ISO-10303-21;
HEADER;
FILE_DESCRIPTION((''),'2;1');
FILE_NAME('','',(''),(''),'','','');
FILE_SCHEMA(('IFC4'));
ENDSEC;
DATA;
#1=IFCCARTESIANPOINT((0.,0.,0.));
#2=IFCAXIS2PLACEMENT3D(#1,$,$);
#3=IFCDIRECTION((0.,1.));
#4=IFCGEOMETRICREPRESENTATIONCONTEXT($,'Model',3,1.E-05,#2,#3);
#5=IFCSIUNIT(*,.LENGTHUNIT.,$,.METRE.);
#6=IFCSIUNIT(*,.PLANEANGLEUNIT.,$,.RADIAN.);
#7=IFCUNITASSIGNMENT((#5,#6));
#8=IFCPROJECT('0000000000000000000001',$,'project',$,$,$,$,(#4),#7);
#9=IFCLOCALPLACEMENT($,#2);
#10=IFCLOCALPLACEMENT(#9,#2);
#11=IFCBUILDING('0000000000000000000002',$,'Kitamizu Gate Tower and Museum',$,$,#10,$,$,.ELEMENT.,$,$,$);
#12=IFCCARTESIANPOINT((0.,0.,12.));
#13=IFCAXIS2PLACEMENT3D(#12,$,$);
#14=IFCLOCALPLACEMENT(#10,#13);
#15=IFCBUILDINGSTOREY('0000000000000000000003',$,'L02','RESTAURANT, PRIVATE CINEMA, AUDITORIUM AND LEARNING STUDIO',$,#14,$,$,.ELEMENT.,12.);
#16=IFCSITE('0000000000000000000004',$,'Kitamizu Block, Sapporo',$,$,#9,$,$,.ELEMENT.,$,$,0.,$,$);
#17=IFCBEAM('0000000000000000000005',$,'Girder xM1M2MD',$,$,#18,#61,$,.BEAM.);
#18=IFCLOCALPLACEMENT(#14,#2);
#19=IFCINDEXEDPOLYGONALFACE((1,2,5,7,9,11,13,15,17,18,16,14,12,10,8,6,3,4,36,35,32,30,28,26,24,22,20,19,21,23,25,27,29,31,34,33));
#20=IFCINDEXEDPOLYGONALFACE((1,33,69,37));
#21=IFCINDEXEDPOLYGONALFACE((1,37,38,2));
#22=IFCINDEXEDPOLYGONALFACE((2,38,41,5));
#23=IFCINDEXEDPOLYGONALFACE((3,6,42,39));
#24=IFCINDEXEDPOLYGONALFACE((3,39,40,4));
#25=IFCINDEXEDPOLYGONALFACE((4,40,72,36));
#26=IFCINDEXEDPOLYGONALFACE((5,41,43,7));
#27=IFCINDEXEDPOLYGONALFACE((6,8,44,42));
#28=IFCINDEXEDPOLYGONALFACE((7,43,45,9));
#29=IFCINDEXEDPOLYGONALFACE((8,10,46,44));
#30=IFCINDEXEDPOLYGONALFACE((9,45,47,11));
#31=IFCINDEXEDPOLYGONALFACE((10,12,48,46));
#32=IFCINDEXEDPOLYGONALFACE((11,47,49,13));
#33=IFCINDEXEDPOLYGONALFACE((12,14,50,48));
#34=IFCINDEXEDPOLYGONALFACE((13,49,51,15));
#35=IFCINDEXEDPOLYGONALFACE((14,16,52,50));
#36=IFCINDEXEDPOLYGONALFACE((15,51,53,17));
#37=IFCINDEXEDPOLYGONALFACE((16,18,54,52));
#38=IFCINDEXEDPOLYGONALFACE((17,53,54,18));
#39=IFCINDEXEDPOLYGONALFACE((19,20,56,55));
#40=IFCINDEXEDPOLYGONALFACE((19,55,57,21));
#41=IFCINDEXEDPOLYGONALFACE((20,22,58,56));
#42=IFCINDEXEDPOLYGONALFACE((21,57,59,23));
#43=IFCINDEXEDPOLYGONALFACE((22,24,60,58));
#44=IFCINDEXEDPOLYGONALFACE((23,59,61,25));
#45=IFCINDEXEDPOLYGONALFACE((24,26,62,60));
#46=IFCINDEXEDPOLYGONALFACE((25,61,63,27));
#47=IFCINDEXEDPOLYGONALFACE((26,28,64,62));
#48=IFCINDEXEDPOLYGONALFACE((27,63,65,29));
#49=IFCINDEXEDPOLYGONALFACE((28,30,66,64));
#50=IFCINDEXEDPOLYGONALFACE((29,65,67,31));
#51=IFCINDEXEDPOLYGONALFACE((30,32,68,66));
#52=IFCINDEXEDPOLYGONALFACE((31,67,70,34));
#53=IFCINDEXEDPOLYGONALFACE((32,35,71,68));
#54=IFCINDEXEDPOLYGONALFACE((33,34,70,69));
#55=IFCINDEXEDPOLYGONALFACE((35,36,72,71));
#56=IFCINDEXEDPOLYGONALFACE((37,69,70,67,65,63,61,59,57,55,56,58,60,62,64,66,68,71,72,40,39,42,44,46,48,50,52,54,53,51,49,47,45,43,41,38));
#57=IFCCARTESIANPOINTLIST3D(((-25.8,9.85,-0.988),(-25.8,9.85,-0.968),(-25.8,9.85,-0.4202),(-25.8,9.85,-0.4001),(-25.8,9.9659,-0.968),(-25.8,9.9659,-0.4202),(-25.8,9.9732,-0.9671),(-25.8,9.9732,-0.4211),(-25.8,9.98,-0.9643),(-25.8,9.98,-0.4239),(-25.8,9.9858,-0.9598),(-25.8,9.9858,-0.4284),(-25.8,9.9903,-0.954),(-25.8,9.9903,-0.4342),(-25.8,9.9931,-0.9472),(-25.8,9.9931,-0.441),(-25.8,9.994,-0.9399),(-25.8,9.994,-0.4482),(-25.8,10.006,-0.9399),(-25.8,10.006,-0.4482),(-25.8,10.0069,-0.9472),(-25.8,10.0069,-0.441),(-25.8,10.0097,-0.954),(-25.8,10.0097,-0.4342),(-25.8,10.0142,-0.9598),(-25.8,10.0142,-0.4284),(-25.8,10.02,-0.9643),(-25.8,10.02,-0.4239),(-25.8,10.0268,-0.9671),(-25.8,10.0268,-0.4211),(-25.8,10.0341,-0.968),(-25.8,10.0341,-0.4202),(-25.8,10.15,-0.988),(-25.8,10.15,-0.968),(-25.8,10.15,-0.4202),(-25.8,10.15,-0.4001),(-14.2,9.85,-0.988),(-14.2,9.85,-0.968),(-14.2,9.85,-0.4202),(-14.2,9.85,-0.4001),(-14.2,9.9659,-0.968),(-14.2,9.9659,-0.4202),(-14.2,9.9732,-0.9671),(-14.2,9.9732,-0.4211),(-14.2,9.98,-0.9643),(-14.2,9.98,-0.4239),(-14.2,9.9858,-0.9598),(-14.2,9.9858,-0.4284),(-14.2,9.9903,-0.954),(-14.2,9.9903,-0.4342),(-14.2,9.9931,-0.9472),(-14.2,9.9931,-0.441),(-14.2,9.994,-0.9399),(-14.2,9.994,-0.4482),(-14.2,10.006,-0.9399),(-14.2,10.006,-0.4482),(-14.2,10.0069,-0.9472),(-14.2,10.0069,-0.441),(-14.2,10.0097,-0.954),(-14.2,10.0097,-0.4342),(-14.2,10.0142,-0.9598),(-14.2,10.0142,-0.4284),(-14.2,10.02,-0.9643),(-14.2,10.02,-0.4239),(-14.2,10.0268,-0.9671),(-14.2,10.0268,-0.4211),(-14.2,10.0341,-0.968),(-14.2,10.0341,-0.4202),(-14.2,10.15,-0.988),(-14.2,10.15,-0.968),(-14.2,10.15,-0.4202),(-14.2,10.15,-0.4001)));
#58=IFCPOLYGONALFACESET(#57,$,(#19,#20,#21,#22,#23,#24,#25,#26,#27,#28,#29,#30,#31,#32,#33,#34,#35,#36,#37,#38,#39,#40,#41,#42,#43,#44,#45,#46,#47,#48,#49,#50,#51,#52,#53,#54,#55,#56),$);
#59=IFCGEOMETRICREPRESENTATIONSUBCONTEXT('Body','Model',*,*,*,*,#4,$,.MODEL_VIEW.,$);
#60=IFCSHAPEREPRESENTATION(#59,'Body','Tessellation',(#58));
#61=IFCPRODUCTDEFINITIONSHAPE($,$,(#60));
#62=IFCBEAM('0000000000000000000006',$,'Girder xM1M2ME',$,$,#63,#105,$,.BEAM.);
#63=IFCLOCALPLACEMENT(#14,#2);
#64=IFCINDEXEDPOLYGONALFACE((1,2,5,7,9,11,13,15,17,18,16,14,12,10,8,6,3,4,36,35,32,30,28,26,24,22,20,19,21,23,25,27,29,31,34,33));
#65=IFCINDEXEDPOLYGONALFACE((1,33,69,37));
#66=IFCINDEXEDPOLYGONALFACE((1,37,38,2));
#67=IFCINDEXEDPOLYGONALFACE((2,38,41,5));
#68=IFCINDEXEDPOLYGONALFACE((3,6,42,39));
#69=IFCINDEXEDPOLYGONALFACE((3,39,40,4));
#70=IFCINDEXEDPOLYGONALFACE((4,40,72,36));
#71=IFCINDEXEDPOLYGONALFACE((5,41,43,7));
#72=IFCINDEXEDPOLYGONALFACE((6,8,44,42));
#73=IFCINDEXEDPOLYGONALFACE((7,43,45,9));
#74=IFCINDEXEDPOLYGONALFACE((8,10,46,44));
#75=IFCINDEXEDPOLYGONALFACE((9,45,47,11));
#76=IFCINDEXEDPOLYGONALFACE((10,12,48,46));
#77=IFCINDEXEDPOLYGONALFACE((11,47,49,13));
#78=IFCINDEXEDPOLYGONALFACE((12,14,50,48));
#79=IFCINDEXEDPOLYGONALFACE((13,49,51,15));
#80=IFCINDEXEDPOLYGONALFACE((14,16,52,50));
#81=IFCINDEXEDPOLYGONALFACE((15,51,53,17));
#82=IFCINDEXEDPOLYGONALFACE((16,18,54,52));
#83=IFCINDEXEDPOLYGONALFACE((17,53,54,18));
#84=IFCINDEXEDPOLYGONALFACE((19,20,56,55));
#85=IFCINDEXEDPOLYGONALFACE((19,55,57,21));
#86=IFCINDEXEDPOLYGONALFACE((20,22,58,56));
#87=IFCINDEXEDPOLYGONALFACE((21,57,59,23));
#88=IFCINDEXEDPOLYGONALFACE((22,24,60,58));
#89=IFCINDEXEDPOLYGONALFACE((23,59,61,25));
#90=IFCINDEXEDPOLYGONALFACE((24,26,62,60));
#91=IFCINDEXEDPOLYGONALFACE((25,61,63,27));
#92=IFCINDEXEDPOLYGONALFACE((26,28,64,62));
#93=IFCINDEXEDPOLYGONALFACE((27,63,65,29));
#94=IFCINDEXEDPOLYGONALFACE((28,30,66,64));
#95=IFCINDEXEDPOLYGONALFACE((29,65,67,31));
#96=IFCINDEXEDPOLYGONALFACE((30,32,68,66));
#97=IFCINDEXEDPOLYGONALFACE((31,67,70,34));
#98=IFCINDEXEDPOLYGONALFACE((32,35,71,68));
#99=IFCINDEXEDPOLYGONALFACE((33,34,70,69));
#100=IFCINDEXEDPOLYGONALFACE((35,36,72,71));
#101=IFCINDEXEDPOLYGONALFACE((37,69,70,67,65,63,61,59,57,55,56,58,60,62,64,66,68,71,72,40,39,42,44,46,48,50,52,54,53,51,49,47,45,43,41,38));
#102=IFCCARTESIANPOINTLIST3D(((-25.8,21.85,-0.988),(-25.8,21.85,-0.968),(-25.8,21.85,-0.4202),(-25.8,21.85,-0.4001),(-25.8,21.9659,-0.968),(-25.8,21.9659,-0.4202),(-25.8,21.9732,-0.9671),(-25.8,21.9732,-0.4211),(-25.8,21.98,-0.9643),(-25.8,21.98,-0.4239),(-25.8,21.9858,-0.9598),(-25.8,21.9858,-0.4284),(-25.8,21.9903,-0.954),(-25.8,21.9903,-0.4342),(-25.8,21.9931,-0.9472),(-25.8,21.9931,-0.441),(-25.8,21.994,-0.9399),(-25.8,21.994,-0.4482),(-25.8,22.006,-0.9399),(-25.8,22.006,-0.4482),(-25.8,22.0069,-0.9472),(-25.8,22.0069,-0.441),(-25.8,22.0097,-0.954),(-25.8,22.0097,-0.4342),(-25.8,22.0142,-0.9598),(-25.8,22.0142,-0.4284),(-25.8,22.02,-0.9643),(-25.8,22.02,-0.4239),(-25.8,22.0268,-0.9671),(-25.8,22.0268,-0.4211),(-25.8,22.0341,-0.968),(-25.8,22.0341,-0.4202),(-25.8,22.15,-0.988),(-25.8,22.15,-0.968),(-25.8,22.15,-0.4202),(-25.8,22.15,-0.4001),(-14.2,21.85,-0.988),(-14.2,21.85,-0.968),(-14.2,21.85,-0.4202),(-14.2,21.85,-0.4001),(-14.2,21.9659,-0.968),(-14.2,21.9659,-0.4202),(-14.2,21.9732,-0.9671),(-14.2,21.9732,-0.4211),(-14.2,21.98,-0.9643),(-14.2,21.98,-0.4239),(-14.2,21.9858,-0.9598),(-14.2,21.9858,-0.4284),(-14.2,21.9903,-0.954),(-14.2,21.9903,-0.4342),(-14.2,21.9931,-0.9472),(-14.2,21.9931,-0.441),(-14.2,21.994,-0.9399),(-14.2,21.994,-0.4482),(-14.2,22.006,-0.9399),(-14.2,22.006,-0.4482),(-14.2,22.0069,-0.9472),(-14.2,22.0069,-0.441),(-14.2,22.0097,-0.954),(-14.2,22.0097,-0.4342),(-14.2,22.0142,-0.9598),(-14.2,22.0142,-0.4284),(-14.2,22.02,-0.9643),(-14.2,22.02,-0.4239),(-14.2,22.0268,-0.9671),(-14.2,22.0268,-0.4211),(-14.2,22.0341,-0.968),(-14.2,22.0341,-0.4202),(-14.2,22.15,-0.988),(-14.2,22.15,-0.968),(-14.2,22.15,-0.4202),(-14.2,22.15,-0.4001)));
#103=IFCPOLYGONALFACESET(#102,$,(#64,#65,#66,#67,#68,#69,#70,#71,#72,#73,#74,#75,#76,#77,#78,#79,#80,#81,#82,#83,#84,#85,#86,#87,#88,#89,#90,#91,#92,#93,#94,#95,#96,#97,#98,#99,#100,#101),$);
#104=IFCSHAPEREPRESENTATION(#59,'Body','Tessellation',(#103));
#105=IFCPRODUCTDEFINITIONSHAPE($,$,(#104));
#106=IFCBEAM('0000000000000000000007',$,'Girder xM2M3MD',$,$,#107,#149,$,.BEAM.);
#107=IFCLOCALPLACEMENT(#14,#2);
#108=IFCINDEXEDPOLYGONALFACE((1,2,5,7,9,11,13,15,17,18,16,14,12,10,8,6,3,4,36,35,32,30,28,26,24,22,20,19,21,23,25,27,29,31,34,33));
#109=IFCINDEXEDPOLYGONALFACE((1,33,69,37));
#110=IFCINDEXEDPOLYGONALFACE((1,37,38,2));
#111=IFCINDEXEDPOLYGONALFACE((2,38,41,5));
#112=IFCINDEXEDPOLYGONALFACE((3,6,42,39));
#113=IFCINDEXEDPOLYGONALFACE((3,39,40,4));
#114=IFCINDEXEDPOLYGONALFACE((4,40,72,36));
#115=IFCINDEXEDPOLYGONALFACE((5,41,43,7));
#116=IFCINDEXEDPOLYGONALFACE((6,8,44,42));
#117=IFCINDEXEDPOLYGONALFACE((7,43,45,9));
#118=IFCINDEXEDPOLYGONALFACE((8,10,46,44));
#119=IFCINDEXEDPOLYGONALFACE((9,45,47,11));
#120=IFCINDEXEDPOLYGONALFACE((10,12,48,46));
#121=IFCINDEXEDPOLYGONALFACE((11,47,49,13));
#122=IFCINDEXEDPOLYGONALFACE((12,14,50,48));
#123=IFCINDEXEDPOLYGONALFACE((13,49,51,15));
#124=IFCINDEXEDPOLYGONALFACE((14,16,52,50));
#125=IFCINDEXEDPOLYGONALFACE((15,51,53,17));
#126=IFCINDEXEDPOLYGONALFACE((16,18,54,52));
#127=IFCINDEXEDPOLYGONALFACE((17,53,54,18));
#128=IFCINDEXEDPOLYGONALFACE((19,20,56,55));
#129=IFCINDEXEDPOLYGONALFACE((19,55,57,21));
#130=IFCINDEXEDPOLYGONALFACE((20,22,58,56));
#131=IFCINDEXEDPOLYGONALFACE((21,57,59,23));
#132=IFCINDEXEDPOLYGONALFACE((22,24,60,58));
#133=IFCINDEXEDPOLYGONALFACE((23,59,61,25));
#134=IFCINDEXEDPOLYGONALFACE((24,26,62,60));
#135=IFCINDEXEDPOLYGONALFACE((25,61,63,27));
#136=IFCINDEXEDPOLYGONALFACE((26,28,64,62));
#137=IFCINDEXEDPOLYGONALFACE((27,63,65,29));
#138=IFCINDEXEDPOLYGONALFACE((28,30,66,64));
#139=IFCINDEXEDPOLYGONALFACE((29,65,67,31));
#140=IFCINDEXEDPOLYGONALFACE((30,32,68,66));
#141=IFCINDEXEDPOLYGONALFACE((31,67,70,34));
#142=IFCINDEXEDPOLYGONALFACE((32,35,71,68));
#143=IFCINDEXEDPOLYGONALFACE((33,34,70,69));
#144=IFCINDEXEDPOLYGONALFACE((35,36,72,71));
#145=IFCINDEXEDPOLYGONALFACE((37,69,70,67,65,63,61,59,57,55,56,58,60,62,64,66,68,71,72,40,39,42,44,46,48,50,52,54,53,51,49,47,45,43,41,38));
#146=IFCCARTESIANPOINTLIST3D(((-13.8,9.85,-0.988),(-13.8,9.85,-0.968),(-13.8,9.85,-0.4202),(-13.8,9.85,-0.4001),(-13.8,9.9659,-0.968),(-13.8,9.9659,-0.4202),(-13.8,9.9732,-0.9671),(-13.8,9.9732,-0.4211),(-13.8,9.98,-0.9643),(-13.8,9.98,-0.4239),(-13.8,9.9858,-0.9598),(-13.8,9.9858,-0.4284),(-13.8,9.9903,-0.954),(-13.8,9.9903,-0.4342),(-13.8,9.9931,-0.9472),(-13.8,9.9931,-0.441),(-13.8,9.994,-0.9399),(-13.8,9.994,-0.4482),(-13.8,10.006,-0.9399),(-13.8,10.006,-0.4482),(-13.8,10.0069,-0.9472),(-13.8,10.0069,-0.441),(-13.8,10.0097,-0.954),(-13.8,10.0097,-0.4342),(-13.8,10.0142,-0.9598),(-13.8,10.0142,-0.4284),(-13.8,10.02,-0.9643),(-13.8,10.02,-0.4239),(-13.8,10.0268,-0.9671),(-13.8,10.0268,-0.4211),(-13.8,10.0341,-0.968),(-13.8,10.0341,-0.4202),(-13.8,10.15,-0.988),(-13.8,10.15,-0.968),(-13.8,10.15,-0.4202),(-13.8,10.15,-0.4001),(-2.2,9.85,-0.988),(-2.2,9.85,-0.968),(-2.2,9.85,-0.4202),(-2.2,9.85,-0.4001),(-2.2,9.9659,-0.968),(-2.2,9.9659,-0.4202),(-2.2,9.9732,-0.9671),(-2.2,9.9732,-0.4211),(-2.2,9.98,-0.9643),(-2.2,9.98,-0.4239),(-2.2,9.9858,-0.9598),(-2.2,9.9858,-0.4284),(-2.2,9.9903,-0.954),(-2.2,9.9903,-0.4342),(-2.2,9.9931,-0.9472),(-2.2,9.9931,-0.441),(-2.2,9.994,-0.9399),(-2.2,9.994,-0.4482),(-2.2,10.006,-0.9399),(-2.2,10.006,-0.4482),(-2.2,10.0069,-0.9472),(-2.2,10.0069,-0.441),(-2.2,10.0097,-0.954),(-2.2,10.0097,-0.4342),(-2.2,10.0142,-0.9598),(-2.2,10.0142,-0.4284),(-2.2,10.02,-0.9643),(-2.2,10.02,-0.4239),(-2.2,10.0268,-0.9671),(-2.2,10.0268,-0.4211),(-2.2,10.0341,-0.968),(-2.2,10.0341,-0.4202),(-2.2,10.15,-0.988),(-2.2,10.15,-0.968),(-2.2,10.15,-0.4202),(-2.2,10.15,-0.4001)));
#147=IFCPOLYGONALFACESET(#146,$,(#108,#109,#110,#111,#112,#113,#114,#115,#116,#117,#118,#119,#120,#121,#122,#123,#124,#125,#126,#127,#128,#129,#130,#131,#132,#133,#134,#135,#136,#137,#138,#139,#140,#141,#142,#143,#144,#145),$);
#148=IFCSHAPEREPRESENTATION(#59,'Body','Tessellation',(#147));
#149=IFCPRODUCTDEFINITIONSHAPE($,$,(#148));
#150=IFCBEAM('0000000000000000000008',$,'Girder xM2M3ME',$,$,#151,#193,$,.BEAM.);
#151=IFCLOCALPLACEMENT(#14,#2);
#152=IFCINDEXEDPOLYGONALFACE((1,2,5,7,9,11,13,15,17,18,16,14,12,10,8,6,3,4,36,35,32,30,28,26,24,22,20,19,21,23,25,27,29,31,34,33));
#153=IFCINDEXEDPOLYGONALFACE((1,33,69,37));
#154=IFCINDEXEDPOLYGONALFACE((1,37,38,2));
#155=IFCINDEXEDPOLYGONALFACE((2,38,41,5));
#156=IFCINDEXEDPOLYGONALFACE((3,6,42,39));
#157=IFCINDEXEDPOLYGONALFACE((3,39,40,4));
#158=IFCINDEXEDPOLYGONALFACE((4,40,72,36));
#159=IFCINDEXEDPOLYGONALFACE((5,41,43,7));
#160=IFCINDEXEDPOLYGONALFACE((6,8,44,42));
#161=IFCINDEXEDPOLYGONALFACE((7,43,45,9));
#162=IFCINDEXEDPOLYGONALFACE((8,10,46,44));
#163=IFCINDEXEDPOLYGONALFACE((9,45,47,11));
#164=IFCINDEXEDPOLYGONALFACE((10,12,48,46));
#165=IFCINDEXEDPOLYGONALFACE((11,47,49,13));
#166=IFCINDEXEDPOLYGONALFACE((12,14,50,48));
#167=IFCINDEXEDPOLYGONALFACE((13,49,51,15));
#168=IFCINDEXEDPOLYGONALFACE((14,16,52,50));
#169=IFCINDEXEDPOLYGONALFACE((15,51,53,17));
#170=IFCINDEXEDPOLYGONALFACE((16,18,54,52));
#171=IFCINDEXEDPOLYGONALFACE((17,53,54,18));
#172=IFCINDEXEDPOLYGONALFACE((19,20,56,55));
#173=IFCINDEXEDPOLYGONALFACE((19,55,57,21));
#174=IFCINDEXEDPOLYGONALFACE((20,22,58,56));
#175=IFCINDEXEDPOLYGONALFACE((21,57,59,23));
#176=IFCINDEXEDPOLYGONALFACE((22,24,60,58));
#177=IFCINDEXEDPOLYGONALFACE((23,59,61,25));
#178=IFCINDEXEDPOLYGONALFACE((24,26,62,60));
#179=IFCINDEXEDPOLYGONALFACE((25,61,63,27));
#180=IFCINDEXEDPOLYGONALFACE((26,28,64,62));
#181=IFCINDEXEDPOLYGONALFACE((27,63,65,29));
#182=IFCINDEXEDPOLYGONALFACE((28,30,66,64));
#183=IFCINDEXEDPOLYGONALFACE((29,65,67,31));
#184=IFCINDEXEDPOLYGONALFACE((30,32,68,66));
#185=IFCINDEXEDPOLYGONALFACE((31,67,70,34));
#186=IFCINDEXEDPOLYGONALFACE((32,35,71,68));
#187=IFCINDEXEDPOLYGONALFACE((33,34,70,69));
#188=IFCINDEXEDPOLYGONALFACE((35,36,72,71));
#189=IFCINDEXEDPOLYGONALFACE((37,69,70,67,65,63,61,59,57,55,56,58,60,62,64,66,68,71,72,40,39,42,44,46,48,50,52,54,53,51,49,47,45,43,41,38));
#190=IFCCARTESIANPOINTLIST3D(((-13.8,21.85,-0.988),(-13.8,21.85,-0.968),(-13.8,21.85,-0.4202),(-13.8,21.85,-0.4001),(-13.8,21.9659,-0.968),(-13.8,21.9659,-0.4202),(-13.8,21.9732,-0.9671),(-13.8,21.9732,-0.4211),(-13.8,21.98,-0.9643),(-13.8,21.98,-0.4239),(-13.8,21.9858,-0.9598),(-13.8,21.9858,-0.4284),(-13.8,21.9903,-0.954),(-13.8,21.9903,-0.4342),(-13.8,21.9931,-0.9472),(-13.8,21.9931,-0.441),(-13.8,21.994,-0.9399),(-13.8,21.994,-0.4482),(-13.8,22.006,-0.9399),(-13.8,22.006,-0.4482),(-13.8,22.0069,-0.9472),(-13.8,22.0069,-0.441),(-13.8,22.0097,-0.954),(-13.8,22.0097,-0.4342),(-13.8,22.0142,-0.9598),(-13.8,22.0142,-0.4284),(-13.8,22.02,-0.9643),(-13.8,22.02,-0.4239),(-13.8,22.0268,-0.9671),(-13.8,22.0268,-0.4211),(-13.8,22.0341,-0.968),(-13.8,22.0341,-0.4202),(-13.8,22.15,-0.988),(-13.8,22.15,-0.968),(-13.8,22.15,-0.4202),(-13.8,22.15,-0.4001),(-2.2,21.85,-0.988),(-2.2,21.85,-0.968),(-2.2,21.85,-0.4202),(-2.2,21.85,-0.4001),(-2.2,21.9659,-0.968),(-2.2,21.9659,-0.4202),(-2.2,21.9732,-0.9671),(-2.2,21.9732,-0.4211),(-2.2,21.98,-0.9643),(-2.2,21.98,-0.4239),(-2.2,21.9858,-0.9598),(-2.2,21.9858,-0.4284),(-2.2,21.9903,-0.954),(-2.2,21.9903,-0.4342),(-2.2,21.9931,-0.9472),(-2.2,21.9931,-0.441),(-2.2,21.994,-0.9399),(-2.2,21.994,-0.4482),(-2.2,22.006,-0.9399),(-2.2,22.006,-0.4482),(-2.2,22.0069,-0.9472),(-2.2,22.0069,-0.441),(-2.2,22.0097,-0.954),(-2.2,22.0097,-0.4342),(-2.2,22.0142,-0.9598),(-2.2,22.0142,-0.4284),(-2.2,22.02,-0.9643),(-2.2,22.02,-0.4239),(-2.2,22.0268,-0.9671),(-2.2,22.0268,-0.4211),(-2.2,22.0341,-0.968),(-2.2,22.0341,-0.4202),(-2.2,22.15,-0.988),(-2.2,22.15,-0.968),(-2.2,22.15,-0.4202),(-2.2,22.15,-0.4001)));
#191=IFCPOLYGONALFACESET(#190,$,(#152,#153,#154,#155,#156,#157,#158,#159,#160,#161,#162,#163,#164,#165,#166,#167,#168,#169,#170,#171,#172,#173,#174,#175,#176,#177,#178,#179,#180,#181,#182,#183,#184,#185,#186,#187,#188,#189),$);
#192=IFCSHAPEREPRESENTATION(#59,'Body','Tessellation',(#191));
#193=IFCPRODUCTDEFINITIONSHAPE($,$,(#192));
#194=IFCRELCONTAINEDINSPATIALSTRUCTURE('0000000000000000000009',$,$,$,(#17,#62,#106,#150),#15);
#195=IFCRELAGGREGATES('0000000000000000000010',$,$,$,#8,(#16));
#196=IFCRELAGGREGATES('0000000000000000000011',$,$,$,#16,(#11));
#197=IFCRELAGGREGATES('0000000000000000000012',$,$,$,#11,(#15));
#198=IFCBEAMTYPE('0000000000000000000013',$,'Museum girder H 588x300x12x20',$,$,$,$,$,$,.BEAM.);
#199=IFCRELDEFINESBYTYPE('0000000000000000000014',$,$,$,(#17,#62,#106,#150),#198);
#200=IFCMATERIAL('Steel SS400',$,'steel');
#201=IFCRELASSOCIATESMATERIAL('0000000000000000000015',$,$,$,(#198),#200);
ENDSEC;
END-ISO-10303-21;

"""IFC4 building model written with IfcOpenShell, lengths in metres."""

from ifc_helpers import new_model, si_unit, direction, frame, origin, origin_2d, place, context, subcontext, project, spatial, i_section, extrude, material, material_profile, profile_set, type_object, element, save


model = new_model("IFC4")

# Units and contexts
model_context = context("Model", 3, precision=1e-05, world=origin(), true_north=direction((0.0, 1.0)))
body_context = subcontext(model_context, "Body", "Model", "MODEL_VIEW")
ifc_project = project(units=[si_unit("LENGTHUNIT", "METRE"), si_unit("PLANEANGLEUNIT", "RADIAN")], contexts=[model_context])

# Site, building, storey
site_placement = place(None, origin())
site = spatial("IfcSite", under=ifc_project, at=site_placement, Name="Kitamizu Block, Sapporo", CompositionType="ELEMENT", RefElevation=0.0)
building_placement = place(site_placement, origin())
building = spatial("IfcBuilding", under=site, at=building_placement, Name="Kitamizu Gate Tower and Museum", CompositionType="ELEMENT")
storey_placement = place(building_placement, frame((0.0, 0.0, 12.0)))
storey = spatial("IfcBuildingStorey", under=building, at=storey_placement, Name="L02", Description="RESTAURANT, PRIVATE CINEMA, AUDITORIUM AND LEARNING STUDIO", CompositionType="ELEMENT", Elevation=12.0)

# Beams
ifc_material_1 = material(Name="Steel SS400", Category="steel")
ifc_material_profile_1 = material_profile(ifc_material_1, i_section(OverallWidth=0.3, OverallDepth=0.5879, WebThickness=0.012, FlangeThickness=0.02, FilletRadius=0.0281, at=origin_2d()), Name="H-588x300x12x20")
ifc_profile_set_1 = profile_set([ifc_material_profile_1], Name="Steel SS400")
beam_type_1 = type_object("IfcBeamType", Name="Museum girder H 588x300x12x20", PredefinedType="BEAM", material=ifc_profile_set_1)
for number, where, z_axis, x_axis, name in (
    (1, (-25.8, 10.0, -0.6941), (1.0, 0.0, 0.0), (0.0, 1.0, 0.0), "Girder xM1M2MD"),
    (2, (-25.8, 22.0, -0.6941), (1.0, 0.0, 0.0), (0.0, 1.0, 0.0), "Girder xM1M2ME"),
    (3, (-13.8, 10.0, -0.6941), (1.0, 0.0, 0.0), (0.0, 1.0, 0.0), "Girder xM2M3MD"),
    (4, (-13.8, 22.0, -0.6941), (1.0, 0.0, 0.0), (0.0, 1.0, 0.0), "Girder xM2M3ME"),
):
    element("IfcBeam", number, at=place(storey_placement, frame(where, z_axis=z_axis, x_axis=x_axis)), inside=storey, type_object=beam_type_1, Name=name, PredefinedType="BEAM", context=body_context, shape_type="SweptSolid", body=[
        extrude(i_section(OverallWidth=0.3, OverallDepth=0.5879, WebThickness=0.012, FlangeThickness=0.02, FilletRadius=0.0281, at=origin_2d()), origin(), (0.0, 0.0, 1.0), 11.6001),
    ])

save(model, "model.ifc")
